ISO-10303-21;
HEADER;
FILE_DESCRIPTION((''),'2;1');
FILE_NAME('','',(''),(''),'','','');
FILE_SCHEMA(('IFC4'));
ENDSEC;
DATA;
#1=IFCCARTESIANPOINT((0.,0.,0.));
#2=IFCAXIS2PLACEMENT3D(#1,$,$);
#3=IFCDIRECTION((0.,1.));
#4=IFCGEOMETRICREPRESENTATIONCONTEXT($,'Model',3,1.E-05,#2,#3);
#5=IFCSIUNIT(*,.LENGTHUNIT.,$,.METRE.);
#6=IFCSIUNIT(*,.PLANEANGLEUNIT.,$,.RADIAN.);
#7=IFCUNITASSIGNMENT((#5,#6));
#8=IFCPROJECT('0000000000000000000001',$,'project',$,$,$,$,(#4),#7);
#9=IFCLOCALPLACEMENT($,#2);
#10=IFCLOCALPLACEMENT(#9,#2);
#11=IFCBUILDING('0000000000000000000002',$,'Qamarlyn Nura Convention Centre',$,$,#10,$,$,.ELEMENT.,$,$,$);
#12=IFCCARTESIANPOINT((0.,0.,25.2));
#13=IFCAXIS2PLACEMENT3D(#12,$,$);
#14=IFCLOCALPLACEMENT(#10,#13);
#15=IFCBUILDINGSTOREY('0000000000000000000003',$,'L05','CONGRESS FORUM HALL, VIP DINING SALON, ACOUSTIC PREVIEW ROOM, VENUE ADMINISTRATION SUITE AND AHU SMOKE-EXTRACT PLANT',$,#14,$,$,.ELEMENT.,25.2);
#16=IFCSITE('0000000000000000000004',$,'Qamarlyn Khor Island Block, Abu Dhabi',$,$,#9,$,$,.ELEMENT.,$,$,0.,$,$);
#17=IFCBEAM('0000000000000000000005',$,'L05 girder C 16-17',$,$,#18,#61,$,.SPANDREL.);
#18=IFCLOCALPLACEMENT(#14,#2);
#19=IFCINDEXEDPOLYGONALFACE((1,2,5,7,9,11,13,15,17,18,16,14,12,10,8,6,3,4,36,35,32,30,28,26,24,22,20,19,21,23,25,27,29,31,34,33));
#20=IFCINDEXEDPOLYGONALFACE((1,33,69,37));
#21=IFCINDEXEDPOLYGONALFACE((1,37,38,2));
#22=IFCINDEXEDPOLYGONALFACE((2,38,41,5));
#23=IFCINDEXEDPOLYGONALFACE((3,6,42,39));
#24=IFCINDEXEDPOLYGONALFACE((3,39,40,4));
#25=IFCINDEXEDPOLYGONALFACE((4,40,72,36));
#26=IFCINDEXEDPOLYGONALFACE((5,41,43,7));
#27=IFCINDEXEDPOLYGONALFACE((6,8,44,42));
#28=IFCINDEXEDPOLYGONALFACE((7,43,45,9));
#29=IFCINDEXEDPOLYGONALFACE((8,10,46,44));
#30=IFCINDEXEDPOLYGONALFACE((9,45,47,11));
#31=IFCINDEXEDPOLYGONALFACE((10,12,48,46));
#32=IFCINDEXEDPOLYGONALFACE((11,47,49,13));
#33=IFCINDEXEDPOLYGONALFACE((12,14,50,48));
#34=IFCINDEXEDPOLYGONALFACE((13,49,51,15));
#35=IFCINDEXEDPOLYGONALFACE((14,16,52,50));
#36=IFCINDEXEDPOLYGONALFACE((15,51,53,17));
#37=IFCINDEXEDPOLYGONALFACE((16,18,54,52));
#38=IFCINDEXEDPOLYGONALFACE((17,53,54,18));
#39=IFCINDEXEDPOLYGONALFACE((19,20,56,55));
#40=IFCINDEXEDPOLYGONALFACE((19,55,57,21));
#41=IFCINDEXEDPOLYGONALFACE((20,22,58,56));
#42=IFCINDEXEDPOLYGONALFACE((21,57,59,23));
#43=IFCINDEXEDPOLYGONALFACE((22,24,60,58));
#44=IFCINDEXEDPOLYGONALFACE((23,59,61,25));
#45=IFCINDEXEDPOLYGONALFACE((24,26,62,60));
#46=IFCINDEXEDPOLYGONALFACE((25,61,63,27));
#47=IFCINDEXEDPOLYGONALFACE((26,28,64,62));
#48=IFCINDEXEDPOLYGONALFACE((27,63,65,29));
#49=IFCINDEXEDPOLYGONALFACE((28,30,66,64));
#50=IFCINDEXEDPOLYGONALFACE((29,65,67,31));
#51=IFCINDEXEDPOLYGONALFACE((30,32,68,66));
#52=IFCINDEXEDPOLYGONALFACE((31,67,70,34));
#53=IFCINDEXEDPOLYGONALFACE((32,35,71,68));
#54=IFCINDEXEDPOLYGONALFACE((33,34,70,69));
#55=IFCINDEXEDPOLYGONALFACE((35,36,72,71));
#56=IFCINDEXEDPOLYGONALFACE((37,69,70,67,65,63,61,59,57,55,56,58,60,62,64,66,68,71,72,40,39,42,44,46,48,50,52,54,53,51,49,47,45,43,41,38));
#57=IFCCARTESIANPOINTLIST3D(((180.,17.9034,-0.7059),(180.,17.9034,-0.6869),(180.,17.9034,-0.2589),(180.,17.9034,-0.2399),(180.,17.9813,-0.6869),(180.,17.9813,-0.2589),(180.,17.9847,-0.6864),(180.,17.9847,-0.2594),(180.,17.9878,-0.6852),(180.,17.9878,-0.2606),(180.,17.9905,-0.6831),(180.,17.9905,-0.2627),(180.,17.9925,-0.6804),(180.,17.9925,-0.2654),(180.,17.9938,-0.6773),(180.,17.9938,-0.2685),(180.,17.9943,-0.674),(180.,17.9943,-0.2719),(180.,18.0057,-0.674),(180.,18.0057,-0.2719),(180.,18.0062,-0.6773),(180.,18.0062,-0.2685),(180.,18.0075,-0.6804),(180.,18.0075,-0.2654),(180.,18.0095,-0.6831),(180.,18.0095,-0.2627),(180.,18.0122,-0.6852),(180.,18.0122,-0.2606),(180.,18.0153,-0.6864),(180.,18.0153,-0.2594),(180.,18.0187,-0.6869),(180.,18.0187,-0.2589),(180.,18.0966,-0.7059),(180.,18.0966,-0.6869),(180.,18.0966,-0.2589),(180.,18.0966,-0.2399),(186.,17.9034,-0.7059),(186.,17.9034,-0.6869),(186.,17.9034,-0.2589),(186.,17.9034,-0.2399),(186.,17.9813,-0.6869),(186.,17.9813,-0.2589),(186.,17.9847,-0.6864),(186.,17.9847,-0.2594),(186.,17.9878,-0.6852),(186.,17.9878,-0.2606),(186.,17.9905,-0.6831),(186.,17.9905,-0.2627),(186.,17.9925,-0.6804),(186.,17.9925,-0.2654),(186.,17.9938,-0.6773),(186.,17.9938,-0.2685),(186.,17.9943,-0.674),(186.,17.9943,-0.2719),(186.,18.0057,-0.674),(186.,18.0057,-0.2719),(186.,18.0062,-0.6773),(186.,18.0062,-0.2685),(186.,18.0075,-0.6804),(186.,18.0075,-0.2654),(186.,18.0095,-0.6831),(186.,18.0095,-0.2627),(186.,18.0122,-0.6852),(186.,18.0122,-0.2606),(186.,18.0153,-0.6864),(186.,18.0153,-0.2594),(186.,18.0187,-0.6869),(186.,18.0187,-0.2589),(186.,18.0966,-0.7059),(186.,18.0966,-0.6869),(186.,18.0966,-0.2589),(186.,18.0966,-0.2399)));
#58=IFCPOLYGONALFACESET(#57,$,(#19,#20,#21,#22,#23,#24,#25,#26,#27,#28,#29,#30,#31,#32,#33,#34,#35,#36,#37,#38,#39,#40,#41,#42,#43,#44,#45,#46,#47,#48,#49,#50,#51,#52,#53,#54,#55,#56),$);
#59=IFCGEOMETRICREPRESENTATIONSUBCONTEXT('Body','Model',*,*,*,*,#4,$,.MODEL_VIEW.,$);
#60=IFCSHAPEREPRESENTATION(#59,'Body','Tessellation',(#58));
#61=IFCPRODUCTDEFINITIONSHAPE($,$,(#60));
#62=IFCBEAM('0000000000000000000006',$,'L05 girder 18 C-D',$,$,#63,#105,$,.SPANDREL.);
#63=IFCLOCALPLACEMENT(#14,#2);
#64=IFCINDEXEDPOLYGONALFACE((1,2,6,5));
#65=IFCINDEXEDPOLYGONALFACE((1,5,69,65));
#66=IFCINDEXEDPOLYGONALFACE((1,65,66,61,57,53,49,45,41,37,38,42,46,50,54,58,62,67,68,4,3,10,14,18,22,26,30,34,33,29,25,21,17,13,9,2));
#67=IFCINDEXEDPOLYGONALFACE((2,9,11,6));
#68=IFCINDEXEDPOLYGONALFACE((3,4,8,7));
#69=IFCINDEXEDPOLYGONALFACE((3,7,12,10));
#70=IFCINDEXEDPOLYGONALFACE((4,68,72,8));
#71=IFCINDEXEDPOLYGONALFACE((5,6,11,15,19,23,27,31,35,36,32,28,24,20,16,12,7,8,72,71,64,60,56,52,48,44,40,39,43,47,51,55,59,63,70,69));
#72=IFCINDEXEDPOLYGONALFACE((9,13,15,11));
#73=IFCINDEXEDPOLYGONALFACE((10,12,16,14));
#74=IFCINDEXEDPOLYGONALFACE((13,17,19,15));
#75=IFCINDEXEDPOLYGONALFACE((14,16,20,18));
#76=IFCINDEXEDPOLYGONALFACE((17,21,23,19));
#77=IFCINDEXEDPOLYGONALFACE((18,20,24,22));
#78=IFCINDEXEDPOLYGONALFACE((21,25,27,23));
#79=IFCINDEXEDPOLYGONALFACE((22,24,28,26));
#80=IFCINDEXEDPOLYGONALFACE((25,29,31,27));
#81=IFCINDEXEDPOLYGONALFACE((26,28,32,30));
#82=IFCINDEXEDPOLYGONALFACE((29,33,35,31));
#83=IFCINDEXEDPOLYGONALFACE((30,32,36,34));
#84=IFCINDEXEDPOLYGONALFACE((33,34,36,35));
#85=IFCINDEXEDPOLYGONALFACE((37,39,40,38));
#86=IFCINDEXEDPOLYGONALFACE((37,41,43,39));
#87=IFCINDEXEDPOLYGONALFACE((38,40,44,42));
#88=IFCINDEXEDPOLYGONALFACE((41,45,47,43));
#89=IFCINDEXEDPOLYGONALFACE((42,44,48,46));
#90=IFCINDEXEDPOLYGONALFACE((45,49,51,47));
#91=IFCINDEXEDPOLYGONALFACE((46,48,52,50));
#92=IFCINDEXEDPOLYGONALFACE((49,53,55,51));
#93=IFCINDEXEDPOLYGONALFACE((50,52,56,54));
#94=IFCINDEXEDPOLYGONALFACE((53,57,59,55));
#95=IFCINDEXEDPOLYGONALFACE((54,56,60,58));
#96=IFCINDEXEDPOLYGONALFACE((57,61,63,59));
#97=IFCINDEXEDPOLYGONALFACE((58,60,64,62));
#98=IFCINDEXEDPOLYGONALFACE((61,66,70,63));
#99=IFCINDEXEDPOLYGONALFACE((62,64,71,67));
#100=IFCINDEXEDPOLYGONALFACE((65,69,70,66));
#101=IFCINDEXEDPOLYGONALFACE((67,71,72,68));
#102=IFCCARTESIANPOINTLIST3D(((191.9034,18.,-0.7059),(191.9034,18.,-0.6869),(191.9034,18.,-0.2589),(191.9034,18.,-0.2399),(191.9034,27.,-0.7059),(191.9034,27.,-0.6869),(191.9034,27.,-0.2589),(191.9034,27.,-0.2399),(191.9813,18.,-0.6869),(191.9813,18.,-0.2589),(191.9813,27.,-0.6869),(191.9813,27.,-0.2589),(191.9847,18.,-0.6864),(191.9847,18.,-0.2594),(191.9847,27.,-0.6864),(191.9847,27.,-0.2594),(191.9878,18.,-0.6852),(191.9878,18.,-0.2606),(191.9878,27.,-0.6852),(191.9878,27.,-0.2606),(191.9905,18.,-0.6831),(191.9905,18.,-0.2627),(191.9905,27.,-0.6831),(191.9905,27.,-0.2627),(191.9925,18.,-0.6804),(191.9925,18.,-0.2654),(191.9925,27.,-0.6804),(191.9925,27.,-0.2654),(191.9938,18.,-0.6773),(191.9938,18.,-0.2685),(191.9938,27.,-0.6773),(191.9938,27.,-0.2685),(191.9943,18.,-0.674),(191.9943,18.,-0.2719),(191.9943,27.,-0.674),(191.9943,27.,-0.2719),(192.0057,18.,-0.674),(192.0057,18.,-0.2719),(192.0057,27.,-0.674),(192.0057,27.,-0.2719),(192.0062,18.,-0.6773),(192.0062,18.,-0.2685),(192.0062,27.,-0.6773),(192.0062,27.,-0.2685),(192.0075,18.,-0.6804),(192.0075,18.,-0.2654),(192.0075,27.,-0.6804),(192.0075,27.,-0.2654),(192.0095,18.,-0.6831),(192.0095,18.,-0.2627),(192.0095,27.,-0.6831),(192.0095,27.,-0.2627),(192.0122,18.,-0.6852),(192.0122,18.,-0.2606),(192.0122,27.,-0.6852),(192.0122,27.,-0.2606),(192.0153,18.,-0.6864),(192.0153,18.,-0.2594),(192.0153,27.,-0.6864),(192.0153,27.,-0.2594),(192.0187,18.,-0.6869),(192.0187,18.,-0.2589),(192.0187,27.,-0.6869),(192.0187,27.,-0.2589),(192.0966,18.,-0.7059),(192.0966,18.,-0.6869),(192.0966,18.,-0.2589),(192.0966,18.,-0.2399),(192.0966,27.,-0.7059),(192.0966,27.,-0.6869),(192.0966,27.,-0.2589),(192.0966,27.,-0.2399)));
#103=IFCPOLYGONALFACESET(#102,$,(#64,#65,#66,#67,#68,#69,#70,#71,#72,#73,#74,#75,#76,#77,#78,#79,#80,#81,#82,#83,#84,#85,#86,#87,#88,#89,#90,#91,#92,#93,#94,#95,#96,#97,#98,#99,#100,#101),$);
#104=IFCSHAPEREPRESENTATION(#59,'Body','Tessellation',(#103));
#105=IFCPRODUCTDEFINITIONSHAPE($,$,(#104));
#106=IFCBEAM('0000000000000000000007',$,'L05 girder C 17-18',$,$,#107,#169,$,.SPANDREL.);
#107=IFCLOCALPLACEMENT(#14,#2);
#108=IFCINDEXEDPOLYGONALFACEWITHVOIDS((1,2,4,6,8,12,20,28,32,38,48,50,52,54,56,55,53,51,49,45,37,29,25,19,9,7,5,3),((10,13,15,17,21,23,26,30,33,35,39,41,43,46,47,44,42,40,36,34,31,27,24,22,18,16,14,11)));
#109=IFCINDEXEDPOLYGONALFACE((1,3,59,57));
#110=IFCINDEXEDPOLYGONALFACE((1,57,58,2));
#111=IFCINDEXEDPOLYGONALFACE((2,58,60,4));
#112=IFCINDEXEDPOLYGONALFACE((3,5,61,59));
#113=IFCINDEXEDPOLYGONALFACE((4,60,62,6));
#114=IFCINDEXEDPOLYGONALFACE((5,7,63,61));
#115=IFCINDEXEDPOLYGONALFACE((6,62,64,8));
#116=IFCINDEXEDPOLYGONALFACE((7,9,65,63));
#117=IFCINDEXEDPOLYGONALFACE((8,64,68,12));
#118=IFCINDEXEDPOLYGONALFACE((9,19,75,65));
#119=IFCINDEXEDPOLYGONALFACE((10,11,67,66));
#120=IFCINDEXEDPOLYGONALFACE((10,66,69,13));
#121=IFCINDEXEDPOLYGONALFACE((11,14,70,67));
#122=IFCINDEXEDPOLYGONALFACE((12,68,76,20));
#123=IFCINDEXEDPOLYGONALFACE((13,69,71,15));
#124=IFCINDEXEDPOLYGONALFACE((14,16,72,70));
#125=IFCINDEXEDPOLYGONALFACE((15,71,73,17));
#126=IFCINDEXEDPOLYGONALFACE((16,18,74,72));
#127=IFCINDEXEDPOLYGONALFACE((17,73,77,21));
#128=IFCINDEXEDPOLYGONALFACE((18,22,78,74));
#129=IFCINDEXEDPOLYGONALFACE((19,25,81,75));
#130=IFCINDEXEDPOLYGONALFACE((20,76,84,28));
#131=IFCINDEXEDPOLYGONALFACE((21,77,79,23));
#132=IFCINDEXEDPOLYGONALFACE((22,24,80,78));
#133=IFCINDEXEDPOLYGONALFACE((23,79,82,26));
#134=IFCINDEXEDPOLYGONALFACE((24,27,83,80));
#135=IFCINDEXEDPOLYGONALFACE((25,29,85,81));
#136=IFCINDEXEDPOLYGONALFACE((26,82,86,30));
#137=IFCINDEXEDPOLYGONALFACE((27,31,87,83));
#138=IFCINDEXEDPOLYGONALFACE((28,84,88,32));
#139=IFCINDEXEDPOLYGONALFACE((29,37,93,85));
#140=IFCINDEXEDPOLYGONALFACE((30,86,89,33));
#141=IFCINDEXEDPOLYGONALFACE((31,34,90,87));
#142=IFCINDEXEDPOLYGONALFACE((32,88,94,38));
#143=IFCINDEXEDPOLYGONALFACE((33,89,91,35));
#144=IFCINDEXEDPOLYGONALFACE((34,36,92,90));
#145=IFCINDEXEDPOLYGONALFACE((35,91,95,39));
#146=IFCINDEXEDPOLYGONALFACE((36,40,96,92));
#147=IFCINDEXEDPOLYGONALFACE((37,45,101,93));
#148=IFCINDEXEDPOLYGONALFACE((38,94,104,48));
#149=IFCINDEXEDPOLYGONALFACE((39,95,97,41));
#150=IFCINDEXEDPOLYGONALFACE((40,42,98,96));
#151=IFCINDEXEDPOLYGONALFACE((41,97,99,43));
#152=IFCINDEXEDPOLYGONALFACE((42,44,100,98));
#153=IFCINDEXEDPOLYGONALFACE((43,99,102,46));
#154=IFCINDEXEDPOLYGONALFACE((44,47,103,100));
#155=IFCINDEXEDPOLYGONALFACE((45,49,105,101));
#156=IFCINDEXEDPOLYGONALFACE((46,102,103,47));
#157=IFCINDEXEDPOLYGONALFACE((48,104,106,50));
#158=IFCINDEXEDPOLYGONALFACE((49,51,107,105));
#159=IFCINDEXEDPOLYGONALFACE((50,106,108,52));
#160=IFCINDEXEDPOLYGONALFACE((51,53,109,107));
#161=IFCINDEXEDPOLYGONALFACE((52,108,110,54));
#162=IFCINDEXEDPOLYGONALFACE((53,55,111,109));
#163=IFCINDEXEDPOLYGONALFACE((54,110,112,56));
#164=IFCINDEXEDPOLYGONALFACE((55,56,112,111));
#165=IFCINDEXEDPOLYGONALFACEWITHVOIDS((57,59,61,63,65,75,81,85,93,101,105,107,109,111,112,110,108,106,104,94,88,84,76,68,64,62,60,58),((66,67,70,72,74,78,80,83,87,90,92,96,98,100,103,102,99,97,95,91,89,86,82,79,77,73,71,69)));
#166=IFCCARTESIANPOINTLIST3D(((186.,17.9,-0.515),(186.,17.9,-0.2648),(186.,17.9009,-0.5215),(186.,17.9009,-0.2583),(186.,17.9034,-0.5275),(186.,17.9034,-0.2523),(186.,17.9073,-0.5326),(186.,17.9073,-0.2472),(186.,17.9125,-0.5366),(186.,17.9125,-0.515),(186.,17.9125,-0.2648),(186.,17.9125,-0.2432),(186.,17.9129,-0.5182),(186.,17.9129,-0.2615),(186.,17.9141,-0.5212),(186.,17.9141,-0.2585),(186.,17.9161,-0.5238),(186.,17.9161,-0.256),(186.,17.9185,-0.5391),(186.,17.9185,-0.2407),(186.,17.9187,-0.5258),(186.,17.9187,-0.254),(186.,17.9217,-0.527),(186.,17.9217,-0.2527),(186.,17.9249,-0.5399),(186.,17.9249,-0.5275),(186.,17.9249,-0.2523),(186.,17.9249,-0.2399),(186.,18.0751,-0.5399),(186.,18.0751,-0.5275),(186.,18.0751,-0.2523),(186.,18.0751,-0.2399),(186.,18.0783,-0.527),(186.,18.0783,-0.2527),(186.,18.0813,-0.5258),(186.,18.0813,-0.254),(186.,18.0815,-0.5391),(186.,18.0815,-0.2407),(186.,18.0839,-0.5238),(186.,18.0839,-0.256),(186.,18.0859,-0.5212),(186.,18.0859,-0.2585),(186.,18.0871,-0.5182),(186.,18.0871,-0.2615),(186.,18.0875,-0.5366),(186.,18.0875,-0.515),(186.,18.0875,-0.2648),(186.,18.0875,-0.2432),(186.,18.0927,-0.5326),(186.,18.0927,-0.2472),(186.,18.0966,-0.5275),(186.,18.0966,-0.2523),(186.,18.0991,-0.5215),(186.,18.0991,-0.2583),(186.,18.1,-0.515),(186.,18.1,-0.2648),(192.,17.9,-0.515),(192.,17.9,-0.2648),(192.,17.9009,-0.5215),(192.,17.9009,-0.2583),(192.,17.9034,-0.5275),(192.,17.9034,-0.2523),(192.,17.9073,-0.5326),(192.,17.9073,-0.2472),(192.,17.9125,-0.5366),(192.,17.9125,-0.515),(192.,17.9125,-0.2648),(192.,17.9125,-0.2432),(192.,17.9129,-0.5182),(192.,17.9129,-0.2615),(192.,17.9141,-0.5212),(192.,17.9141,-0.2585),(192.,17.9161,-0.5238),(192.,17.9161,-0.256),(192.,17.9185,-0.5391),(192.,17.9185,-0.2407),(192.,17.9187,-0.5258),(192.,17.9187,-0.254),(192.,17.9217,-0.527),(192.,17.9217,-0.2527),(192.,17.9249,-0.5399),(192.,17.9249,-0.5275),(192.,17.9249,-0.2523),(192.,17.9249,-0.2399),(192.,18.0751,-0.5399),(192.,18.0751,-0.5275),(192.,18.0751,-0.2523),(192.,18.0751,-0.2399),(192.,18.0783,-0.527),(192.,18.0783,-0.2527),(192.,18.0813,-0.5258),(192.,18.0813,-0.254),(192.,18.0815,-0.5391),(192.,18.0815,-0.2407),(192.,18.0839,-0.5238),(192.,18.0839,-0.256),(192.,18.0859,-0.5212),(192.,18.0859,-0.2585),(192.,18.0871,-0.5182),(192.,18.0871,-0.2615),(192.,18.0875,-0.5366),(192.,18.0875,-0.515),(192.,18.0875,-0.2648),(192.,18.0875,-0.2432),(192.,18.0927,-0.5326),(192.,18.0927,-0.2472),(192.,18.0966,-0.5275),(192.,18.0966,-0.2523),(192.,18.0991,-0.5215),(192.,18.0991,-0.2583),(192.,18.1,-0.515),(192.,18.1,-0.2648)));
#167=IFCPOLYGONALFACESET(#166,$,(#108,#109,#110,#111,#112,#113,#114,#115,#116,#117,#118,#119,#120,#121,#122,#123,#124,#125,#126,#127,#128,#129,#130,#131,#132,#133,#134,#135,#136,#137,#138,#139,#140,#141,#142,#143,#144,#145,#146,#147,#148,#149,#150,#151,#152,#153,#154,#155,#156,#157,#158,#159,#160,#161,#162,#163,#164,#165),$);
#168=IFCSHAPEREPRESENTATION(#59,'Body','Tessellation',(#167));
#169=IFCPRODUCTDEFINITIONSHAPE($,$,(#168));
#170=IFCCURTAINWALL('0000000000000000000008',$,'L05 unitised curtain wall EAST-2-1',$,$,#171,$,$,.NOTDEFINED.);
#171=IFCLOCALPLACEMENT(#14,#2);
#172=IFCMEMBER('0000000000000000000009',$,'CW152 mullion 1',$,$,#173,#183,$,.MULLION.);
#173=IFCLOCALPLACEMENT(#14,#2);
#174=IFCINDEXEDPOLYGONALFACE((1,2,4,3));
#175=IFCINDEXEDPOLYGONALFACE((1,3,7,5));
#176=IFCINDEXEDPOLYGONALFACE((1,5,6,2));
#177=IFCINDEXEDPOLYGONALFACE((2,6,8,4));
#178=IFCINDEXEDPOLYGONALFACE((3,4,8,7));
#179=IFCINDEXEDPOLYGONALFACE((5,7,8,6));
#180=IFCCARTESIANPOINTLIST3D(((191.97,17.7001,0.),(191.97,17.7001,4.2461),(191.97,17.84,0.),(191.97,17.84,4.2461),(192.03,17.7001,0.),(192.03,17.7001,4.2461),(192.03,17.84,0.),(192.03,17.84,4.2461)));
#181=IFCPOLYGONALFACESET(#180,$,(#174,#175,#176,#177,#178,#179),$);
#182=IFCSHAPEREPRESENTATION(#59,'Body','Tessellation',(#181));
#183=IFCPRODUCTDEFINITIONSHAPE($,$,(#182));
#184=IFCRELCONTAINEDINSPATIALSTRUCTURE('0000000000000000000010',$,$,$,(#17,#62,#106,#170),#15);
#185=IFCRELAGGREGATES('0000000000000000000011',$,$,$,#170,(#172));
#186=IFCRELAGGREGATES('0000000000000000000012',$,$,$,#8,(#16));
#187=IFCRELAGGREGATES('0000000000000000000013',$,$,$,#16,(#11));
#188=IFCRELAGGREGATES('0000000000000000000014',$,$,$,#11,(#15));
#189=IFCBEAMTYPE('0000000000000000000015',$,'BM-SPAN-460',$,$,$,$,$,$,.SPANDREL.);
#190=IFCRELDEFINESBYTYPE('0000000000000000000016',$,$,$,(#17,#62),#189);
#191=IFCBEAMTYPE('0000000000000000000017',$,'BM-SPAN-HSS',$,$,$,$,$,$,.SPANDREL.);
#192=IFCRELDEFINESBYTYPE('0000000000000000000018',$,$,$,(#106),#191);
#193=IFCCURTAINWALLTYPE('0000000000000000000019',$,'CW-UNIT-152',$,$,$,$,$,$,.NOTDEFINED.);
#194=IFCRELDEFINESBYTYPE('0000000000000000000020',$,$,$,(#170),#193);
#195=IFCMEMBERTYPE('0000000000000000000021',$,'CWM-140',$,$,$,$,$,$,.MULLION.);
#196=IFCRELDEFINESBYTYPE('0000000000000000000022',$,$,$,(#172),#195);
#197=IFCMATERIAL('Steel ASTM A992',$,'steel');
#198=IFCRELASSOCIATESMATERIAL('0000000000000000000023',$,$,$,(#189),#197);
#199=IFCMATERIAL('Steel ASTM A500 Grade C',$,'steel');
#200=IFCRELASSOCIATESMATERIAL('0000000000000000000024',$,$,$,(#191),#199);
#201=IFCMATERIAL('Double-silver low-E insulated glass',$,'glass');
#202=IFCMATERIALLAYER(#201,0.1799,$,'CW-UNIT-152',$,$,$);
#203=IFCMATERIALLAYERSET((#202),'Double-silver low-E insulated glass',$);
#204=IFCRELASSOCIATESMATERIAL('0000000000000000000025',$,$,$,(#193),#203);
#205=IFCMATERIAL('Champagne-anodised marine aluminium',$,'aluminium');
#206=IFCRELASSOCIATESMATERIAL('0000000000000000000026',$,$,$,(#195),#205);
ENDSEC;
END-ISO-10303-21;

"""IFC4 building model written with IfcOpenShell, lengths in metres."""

from ifc_helpers import new_model, si_unit, direction, frame, origin, origin_2d, place, context, subcontext, project, spatial, rectangle, hollow_rectangle, i_section, extrude, material, layer, layer_set, material_profile, profile_set, type_object, element, aggregate, save


model = new_model("IFC4")

# Units and contexts
model_context = context("Model", 3, precision=1e-05, world=origin(), true_north=direction((0.0, 1.0)))
body_context = subcontext(model_context, "Body", "Model", "MODEL_VIEW")
ifc_project = project(units=[si_unit("LENGTHUNIT", "METRE"), si_unit("PLANEANGLEUNIT", "RADIAN")], contexts=[model_context])

# Site, building, storey
site_placement = place(None, origin())
site = spatial("IfcSite", under=ifc_project, at=site_placement, Name="Qamarlyn Khor Island Block, Abu Dhabi", CompositionType="ELEMENT", RefElevation=0.0)
building_placement = place(site_placement, origin())
building = spatial("IfcBuilding", under=site, at=building_placement, Name="Qamarlyn Nura Convention Centre", CompositionType="ELEMENT")
storey_placement = place(building_placement, frame((0.0, 0.0, 25.2)))
storey = spatial("IfcBuildingStorey", under=building, at=storey_placement, Name="L05", Description="CONGRESS FORUM HALL, VIP DINING SALON, ACOUSTIC PREVIEW ROOM, VENUE ADMINISTRATION SUITE AND AHU SMOKE-EXTRACT PLANT", CompositionType="ELEMENT", Elevation=25.2)

# Shared definitions
ifc_material_1 = material(Name="Steel ASTM A500 Grade C", Category="steel")
ifc_material_2 = material(Name="Steel ASTM A992", Category="steel")

# Beams
ifc_material_profile_1 = material_profile(ifc_material_2, i_section(OverallWidth=0.1931, OverallDepth=0.4661, WebThickness=0.0115, FlangeThickness=0.019, FilletRadius=0.0129, at=origin_2d()), Name="W460X97")
ifc_profile_set_1 = profile_set([ifc_material_profile_1], Name="Steel ASTM A992")
beam_type_1 = type_object("IfcBeamType", Name="BM-SPAN-460", PredefinedType="SPANDREL", material=ifc_profile_set_1)
beam_1_placement = place(storey_placement, frame((180.0, 18.0, -0.4729), z_axis=(1.0, 0.0, 0.0), x_axis=(0.0, 1.0, 0.0)))
element("IfcBeam", 1, at=beam_1_placement, inside=storey, type_object=beam_type_1, Name="L05 girder C 16-17", PredefinedType="SPANDREL", context=body_context, shape_type="SweptSolid", body=[
    extrude(i_section(OverallWidth=0.1931, OverallDepth=0.4661, WebThickness=0.0115, FlangeThickness=0.019, FilletRadius=0.0129, at=origin_2d()), origin(), (0.0, 0.0, 1.0), 6.0),
])
beam_2_placement = place(storey_placement, frame((192.0, 18.0, -0.4729), z_axis=(0.0, 1.0, 0.0), x_axis=(-1.0, 0.0, 0.0)))
element("IfcBeam", 2, at=beam_2_placement, inside=storey, type_object=beam_type_1, Name="L05 girder 18 C-D", PredefinedType="SPANDREL", context=body_context, shape_type="SweptSolid", body=[
    extrude(i_section(OverallWidth=0.1931, OverallDepth=0.4661, WebThickness=0.0115, FlangeThickness=0.019, FilletRadius=0.0129, at=origin_2d()), origin(), (0.0, 0.0, 1.0), 9.0),
])
ifc_material_profile_2 = material_profile(ifc_material_1, hollow_rectangle(XDim=0.2, YDim=0.3, WallThickness=0.0125, InnerFilletRadius=0.0125, OuterFilletRadius=0.0249, at=origin_2d()), Name="HSS300X200X12.5")
ifc_profile_set_2 = profile_set([ifc_material_profile_2], Name="Steel ASTM A500 Grade C")
beam_type_2 = type_object("IfcBeamType", Name="BM-SPAN-HSS", PredefinedType="SPANDREL", material=ifc_profile_set_2)
beam_3_placement = place(storey_placement, frame((186.0, 18.0, -0.3899), z_axis=(1.0, 0.0, 0.0), x_axis=(0.0, 1.0, 0.0)))
element("IfcBeam", 3, at=beam_3_placement, inside=storey, type_object=beam_type_2, Name="L05 girder C 17-18", PredefinedType="SPANDREL", context=body_context, shape_type="SweptSolid", body=[
    extrude(hollow_rectangle(XDim=0.2, YDim=0.3, WallThickness=0.0125, InnerFilletRadius=0.0125, OuterFilletRadius=0.0249, at=origin_2d()), origin(), (0.0, 0.0, 1.0), 6.0),
])

# Curtain wall, member
ifc_material_3 = material(Name="Double-silver low-E insulated glass", Category="glass")
ifc_layer_1 = layer(ifc_material_3, 0.1799, Name="CW-UNIT-152")
ifc_layer_set_1 = layer_set([ifc_layer_1], Name="Double-silver low-E insulated glass")
curtain_wall_type = type_object("IfcCurtainWallType", Name="CW-UNIT-152", PredefinedType="NOTDEFINED", material=ifc_layer_set_1)
curtain_wall_placement = place(storey_placement, origin())
curtain_wall = element("IfcCurtainWall", 4, at=curtain_wall_placement, inside=storey, type_object=curtain_wall_type, Name="L05 unitised curtain wall EAST-2-1", PredefinedType="NOTDEFINED")
ifc_material_4 = material(Name="Champagne-anodised marine aluminium", Category="aluminium")
ifc_material_profile_3 = material_profile(ifc_material_4, rectangle(XDim=0.0601, YDim=0.1399, at=origin_2d()), Name="ALU MULLION 60x140")
ifc_profile_set_3 = profile_set([ifc_material_profile_3], Name="Champagne-anodised marine aluminium")
member_type_1 = type_object("IfcMemberType", Name="CWM-140", PredefinedType="MULLION", material=ifc_profile_set_3)
member_1_placement = place(storey_placement, frame((192.0, 17.77, 0.0), z_axis=(0.0, 0.0, 1.0), x_axis=(1.0, 0.0, 0.0)))
member_1 = element("IfcMember", 5, at=member_1_placement, type_object=member_type_1, Name="CW152 mullion 1", PredefinedType="MULLION", context=body_context, shape_type="SweptSolid", body=[
    extrude(rectangle(XDim=0.0601, YDim=0.1399, at=origin_2d()), origin(), (0.0, 0.0, 1.0), 4.2461),
])
aggregate(curtain_wall, [member_1])

save(model, "model.ifc")
